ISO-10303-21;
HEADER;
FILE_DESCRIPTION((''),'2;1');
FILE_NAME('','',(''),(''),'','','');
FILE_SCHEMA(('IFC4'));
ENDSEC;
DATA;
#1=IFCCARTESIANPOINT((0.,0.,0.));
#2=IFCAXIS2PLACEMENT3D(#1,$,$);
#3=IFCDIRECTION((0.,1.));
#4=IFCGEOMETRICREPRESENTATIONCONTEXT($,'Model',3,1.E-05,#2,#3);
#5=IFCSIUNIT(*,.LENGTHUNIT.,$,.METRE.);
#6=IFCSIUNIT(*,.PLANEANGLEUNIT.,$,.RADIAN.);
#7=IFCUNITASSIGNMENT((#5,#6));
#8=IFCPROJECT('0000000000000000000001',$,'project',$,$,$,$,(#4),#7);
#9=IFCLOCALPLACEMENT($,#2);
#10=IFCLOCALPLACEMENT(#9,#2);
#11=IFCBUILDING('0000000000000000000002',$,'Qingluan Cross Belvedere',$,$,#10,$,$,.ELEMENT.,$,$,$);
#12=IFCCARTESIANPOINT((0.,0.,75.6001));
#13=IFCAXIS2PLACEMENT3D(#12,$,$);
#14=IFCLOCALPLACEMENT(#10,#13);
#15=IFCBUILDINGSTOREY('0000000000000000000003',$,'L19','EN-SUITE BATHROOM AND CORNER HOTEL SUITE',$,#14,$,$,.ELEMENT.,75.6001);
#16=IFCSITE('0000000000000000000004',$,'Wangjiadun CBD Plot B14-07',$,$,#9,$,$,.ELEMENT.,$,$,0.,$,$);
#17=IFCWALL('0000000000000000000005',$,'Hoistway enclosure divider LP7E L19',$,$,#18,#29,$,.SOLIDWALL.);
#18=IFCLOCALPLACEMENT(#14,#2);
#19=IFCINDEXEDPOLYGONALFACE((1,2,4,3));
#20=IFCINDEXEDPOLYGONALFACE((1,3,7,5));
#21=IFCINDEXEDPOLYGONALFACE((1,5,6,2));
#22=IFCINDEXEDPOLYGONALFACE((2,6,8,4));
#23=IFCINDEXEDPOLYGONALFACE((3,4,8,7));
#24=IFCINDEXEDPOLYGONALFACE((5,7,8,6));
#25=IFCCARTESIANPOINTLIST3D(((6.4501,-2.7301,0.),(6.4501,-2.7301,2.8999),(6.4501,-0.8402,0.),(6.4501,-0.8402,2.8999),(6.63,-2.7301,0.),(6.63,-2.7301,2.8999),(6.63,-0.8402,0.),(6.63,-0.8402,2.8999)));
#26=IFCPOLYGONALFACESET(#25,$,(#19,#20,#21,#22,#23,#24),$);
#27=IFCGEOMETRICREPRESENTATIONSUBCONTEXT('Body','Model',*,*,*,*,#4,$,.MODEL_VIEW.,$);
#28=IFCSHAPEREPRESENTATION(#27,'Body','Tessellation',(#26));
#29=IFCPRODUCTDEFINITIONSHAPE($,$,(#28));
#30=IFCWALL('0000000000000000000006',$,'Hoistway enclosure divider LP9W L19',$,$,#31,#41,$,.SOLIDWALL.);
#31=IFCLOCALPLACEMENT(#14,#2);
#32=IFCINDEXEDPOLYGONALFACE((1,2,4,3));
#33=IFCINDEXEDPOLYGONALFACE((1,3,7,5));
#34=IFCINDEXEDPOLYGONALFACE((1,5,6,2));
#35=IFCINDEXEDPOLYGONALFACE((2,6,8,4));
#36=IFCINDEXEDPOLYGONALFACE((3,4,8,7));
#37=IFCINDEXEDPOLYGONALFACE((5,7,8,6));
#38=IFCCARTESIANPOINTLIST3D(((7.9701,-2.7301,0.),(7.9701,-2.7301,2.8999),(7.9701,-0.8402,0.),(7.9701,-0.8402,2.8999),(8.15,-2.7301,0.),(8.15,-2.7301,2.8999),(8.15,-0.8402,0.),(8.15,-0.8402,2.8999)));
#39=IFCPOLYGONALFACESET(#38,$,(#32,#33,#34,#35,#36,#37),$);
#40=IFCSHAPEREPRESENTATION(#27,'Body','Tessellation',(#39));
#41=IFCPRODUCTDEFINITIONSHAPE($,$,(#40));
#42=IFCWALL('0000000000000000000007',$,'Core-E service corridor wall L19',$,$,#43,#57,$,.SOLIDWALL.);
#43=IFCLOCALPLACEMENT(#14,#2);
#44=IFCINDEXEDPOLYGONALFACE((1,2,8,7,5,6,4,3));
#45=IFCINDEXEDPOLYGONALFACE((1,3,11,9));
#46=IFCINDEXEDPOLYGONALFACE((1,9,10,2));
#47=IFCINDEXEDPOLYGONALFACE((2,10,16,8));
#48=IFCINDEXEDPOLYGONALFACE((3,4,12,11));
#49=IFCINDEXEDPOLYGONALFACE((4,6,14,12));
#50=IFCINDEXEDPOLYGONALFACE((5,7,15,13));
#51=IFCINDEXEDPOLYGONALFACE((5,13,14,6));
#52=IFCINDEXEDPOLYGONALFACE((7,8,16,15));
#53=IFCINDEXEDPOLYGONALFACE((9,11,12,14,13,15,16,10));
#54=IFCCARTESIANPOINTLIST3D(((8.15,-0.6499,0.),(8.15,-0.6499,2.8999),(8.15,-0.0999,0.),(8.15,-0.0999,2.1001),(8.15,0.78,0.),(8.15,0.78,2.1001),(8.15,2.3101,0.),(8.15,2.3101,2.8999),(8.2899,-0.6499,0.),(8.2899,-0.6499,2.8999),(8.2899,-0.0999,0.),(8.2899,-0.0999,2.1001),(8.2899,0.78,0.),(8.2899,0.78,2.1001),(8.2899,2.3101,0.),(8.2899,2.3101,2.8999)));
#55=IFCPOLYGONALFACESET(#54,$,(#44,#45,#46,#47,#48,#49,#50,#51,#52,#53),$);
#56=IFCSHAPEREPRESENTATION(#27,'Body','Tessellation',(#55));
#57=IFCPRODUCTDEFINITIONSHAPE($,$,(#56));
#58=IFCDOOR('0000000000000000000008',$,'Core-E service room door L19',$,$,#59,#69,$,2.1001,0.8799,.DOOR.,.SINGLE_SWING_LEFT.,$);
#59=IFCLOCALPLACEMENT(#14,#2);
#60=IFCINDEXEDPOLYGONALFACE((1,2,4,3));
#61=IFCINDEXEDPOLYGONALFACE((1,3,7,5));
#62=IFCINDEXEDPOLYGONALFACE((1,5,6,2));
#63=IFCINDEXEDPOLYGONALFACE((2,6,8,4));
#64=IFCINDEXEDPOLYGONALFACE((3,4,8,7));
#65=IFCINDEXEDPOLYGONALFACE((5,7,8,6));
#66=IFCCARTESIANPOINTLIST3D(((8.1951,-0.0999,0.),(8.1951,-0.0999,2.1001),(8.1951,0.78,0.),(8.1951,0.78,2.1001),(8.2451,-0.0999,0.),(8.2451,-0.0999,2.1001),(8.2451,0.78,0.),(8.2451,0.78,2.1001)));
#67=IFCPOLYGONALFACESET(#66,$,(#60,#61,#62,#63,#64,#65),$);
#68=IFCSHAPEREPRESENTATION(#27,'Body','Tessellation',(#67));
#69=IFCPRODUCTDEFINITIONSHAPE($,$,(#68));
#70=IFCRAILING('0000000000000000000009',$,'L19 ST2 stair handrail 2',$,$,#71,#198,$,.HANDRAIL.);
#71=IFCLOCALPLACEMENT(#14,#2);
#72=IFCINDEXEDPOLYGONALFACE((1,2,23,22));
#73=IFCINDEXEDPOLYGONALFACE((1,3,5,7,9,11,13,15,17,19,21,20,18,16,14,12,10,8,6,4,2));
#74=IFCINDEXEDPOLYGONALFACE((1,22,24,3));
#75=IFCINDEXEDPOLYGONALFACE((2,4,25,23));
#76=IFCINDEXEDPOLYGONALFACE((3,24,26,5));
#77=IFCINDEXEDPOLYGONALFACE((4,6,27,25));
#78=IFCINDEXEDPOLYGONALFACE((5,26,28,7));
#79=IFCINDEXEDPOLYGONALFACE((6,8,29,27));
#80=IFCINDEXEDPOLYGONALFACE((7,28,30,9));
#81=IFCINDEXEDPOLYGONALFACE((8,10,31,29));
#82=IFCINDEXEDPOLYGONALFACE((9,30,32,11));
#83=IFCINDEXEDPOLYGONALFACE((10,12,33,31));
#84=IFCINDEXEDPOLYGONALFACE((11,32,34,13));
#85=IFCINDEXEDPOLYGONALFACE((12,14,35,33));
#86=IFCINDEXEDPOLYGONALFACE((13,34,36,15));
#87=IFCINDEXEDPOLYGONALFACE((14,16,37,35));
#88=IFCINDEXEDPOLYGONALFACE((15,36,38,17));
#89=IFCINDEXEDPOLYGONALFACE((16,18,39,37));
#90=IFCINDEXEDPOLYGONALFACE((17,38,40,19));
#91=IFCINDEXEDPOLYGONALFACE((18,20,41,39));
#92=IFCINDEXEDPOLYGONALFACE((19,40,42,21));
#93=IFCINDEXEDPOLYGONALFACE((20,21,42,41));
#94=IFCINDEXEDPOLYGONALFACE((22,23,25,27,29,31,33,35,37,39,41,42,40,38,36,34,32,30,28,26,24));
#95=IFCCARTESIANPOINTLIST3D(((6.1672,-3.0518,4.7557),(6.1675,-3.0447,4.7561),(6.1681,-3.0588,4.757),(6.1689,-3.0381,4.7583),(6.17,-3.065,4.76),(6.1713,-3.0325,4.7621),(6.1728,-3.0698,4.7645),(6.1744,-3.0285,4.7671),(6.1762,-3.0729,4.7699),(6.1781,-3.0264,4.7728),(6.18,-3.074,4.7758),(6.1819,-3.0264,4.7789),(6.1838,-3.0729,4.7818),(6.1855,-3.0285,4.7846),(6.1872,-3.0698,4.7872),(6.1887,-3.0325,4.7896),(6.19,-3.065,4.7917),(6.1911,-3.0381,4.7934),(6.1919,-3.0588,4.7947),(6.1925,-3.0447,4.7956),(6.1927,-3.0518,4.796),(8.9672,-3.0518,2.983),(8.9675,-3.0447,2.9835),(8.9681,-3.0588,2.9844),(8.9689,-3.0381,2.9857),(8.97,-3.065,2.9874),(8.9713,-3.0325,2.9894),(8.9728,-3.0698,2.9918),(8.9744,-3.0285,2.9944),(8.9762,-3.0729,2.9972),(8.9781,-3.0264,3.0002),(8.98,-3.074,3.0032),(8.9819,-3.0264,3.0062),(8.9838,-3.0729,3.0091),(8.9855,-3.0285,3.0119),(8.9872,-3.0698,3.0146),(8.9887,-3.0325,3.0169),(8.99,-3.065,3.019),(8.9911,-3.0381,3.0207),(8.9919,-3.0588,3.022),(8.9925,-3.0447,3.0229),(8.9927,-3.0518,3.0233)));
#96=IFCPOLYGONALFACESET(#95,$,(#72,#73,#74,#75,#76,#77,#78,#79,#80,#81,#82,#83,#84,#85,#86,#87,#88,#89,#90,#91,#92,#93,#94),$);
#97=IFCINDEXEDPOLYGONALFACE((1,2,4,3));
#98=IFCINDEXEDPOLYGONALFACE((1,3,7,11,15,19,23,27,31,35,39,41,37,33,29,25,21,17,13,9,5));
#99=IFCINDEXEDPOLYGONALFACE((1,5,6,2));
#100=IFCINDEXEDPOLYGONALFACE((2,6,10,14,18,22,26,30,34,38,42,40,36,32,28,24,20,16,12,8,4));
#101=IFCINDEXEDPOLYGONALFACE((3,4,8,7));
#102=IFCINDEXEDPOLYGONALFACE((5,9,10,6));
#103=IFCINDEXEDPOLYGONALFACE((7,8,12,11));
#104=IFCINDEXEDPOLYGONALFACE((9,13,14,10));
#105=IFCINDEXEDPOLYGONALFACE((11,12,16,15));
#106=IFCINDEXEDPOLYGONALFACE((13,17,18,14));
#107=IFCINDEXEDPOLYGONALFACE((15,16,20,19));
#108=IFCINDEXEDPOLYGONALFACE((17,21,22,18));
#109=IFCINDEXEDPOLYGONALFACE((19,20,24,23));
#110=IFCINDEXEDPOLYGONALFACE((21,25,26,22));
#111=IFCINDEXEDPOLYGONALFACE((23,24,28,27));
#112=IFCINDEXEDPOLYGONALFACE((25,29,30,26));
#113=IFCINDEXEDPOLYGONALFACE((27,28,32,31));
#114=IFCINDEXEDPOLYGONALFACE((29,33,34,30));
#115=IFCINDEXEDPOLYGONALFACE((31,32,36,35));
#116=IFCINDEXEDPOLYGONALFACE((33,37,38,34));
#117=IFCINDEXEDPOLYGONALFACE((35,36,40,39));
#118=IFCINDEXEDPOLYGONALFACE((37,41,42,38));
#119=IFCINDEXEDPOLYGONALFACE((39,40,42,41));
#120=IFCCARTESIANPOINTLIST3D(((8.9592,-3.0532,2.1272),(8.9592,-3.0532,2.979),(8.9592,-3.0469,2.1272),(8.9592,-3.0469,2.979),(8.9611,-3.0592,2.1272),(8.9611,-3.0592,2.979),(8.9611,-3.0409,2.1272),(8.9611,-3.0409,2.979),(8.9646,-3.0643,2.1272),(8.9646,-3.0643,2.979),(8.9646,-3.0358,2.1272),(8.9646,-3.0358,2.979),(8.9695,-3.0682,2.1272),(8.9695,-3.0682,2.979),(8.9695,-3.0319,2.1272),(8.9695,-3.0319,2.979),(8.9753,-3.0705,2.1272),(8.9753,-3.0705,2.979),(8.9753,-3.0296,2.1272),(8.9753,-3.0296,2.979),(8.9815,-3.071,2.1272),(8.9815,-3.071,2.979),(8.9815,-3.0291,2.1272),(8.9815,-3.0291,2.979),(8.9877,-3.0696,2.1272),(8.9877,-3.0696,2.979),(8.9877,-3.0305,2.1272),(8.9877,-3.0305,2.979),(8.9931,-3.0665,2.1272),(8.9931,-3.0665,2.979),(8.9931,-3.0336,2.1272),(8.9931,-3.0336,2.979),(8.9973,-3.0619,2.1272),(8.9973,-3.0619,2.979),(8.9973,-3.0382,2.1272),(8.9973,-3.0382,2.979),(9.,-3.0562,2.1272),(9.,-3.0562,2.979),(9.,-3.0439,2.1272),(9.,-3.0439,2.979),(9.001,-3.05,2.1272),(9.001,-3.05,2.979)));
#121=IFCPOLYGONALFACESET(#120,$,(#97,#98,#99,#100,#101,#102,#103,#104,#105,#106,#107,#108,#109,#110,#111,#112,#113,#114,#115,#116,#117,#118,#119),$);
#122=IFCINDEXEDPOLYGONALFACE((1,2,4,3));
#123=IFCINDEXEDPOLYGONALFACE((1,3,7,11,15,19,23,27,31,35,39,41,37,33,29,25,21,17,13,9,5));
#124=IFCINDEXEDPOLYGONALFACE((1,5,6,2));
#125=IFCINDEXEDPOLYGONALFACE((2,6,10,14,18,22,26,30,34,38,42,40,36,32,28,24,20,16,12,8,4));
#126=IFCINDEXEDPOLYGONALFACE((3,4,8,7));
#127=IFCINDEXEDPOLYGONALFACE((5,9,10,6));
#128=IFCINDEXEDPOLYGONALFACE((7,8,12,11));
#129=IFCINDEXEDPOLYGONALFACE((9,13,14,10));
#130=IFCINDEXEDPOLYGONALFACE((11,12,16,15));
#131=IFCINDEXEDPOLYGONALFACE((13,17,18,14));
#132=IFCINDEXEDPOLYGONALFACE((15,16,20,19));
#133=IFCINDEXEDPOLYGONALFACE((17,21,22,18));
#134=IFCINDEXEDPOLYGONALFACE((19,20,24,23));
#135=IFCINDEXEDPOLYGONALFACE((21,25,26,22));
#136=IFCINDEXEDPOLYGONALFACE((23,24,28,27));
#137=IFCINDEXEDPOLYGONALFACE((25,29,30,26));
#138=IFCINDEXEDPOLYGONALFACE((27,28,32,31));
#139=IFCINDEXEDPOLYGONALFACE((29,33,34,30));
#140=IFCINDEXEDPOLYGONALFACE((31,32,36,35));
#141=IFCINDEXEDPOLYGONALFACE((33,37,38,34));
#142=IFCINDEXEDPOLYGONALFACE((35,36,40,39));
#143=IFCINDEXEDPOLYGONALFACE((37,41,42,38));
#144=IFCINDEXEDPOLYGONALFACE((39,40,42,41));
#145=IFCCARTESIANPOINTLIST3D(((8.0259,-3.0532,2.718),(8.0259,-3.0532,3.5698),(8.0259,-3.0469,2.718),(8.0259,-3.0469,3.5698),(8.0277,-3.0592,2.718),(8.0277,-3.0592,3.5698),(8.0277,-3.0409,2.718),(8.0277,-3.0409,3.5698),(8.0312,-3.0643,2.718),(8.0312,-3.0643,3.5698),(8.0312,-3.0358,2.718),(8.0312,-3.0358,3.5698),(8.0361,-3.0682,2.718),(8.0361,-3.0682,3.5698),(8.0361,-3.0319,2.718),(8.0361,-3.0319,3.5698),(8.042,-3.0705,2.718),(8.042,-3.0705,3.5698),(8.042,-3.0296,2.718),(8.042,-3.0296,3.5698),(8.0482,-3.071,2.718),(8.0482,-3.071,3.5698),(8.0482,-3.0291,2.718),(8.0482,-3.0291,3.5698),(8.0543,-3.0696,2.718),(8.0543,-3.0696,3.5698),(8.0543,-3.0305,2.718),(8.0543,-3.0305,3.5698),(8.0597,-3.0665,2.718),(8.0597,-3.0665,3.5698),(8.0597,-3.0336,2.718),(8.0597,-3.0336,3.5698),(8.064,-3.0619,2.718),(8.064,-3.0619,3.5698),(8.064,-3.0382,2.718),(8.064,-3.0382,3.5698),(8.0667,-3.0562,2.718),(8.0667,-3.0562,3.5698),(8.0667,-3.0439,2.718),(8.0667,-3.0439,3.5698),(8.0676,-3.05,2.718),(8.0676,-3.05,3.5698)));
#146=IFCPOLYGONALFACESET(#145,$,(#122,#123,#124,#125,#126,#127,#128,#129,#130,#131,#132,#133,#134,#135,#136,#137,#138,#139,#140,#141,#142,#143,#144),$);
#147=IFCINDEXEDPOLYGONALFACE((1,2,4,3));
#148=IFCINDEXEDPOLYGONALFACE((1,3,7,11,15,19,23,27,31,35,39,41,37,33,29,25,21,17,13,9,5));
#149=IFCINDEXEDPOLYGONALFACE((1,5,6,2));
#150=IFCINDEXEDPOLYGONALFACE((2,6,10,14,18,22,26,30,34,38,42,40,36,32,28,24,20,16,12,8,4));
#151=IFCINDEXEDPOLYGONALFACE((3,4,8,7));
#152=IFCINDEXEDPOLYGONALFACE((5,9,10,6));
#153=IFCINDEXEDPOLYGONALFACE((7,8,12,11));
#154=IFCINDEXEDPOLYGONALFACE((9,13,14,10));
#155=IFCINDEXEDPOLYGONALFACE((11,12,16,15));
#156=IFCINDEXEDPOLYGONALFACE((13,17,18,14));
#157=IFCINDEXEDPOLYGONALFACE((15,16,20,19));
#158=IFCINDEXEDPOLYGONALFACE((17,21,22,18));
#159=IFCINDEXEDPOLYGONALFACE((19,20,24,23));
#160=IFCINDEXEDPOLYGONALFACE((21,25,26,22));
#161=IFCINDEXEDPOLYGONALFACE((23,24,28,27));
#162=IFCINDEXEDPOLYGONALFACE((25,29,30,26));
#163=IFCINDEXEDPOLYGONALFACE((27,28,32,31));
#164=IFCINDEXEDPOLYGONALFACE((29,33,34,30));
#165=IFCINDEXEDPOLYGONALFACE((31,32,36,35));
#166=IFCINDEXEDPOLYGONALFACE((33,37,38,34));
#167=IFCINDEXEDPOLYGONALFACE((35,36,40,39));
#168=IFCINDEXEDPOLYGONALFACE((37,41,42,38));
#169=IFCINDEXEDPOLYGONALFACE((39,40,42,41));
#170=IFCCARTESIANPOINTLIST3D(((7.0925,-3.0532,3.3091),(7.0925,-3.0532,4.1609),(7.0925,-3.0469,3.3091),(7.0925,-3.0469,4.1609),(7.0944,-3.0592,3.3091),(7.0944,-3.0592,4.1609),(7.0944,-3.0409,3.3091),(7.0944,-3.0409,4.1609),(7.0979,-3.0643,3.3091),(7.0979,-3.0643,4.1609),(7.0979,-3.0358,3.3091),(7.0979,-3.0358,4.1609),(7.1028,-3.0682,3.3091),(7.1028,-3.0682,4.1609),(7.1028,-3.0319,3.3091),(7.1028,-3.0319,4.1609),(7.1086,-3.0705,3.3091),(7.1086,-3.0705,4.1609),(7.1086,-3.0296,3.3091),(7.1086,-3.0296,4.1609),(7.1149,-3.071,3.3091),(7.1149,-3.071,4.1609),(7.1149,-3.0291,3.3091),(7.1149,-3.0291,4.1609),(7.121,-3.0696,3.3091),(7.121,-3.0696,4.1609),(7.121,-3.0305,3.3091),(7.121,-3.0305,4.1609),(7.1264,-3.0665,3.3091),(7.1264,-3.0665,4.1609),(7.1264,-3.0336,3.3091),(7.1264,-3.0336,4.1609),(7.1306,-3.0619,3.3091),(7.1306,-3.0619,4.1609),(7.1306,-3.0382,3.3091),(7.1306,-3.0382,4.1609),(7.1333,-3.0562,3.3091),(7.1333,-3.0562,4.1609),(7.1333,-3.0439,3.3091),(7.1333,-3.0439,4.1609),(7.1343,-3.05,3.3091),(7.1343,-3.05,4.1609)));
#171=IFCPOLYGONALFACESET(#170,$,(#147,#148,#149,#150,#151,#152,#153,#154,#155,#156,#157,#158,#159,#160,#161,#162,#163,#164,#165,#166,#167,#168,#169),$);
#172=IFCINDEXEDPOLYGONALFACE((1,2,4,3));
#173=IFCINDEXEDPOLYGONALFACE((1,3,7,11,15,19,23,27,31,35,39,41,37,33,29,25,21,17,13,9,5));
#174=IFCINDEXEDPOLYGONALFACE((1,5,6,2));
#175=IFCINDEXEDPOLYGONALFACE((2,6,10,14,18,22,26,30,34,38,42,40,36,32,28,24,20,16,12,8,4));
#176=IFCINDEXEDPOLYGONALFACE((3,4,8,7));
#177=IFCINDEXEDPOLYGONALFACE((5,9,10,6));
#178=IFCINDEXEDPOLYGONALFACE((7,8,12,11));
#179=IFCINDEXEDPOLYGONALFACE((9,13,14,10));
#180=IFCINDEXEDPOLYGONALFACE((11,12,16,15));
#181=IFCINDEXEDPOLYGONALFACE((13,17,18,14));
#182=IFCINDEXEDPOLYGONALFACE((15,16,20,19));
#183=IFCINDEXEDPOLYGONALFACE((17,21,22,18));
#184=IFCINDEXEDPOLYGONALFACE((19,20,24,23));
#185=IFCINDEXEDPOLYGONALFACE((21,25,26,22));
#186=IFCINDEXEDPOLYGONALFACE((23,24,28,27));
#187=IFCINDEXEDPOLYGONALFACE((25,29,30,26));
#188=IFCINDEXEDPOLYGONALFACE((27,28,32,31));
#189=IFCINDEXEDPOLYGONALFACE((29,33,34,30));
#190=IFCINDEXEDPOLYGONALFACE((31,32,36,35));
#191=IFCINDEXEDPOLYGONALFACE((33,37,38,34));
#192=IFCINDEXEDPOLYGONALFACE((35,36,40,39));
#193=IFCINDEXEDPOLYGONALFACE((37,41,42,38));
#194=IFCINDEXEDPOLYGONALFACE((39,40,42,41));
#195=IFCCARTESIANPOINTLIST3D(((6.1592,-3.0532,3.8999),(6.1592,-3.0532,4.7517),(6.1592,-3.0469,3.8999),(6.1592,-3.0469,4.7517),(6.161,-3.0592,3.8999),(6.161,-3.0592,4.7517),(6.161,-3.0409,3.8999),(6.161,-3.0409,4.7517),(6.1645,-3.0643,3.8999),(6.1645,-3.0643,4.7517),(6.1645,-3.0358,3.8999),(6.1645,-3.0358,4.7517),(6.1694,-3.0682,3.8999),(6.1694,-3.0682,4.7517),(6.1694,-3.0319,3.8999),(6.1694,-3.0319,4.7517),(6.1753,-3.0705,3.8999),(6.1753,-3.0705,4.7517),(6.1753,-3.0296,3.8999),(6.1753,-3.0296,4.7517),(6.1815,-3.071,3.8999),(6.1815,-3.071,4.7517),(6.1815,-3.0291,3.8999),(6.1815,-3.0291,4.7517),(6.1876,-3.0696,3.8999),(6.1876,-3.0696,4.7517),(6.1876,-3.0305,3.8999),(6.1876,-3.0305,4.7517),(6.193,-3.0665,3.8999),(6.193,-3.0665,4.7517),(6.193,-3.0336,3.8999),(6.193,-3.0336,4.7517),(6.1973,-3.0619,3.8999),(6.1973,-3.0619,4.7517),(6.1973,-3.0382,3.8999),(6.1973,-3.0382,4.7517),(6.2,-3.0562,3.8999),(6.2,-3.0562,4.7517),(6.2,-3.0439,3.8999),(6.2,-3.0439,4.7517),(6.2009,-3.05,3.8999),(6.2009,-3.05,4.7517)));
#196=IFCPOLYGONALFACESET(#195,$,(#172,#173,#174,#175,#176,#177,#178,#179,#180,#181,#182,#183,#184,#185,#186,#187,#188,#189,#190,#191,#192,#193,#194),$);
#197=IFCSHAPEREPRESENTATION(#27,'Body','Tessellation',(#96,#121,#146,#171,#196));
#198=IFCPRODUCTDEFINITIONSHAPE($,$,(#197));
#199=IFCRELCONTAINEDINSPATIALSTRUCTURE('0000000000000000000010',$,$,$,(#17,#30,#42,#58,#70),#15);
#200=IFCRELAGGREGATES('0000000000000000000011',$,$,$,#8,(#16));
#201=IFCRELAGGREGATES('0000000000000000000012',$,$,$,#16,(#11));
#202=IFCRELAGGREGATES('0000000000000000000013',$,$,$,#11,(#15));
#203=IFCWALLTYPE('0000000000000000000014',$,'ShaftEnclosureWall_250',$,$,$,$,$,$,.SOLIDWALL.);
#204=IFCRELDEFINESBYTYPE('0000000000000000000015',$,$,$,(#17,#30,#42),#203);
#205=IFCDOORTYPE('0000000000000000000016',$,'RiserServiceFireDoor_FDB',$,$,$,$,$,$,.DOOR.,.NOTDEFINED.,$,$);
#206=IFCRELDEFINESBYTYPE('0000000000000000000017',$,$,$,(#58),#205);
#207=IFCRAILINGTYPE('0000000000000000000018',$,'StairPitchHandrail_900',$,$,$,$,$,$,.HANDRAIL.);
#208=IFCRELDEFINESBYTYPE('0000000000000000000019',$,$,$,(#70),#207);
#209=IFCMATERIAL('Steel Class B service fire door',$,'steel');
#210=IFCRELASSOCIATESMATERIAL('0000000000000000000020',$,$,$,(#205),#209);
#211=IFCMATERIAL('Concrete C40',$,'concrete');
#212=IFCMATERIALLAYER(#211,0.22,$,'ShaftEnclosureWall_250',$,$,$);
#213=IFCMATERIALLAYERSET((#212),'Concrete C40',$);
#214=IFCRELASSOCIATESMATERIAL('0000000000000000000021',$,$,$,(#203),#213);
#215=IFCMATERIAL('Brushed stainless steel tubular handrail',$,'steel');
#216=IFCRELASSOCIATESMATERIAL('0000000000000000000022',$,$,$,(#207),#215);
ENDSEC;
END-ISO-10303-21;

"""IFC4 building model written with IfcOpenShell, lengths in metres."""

from ifc_helpers import new_model, si_unit, direction, frame, frame_2d, origin, origin_2d, place, context, subcontext, project, spatial, rectangle, circle, extrude, material, layer, layer_set, type_object, element, fill, save


model = new_model("IFC4")

# Units and contexts
model_context = context("Model", 3, precision=1e-05, world=origin(), true_north=direction((0.0, 1.0)))
body_context = subcontext(model_context, "Body", "Model", "MODEL_VIEW")
ifc_project = project(units=[si_unit("LENGTHUNIT", "METRE"), si_unit("PLANEANGLEUNIT", "RADIAN")], contexts=[model_context])

# Site, building, storey
site_placement = place(None, origin())
site = spatial("IfcSite", under=ifc_project, at=site_placement, Name="Wangjiadun CBD Plot B14-07", CompositionType="ELEMENT", RefElevation=0.0)
building_placement = place(site_placement, origin())
building = spatial("IfcBuilding", under=site, at=building_placement, Name="Qingluan Cross Belvedere", CompositionType="ELEMENT")
storey_placement = place(building_placement, frame((0.0, 0.0, 75.6001)))
storey = spatial("IfcBuildingStorey", under=building, at=storey_placement, Name="L19", Description="EN-SUITE BATHROOM AND CORNER HOTEL SUITE", CompositionType="ELEMENT", Elevation=75.6001)

# Shared definitions
ifc_material_1 = material(Name="Steel Class B service fire door", Category="steel")
door_type_1 = type_object("IfcDoorType", Name="RiserServiceFireDoor_FDB", OperationType="NOTDEFINED", PredefinedType="DOOR", material=ifc_material_1)

# Shared definitions
ifc_material_2 = material(Name="Concrete C40", Category="concrete")
ifc_layer_1 = layer(ifc_material_2, 0.22, Name="ShaftEnclosureWall_250")
ifc_layer_set_1 = layer_set([ifc_layer_1], Name="Concrete C40")
wall_type_1 = type_object("IfcWallType", Name="ShaftEnclosureWall_250", PredefinedType="SOLIDWALL", material=ifc_layer_set_1)

# Walls
for number, where, z_axis, x_axis, name in (
    (1, (6.54, -2.73, 0.0), (0.0, 0.0, 1.0), (0.0, 1.0, 0.0), "Hoistway enclosure divider LP7E L19"),
    (2, (8.0601, -2.73, 0.0), (0.0, 0.0, 1.0), (0.0, 1.0, 0.0), "Hoistway enclosure divider LP9W L19"),
):
    element("IfcWall", number, at=place(storey_placement, frame(where, z_axis=z_axis, x_axis=x_axis)), inside=storey, type_object=wall_type_1, Name=name, PredefinedType="SOLIDWALL", context=body_context, shape_type="SweptSolid", body=[
        extrude(rectangle(XDim=1.8899, YDim=0.1799, at=frame_2d((0.9448, 0.0))), origin(), (0.0, 0.0, 1.0), 2.8999),
    ])

# Wall, opening, door
wall_1_placement = place(storey_placement, frame((8.22, -0.6499, 0.0), z_axis=(0.0, 0.0, 1.0), x_axis=(0.0, 1.0, 0.0)))
wall_1 = element("IfcWall", 3, at=wall_1_placement, inside=storey, type_object=wall_type_1, Name="Core-E service corridor wall L19", PredefinedType="SOLIDWALL", context=body_context, shape_type="SweptSolid", body=[
    extrude(rectangle(XDim=2.96, YDim=0.1399, at=frame_2d((1.48, 0.0))), origin(), (0.0, 0.0, 1.0), 2.8999),
])
opening_1_placement = place(wall_1_placement, frame((0.55, 0.0, 0.0)))
opening_1 = element("IfcOpeningElement", 4, at=opening_1_placement, cuts=wall_1, PredefinedType="OPENING", context=body_context, shape_type="SweptSolid", body=[
    extrude(rectangle(XDim=0.8799, YDim=2.1001, at=frame_2d((0.4399, 1.05))), frame((0.0, 0.0798, 0.0), z_axis=(0.0, -1.0, 0.0), x_axis=(1.0, 0.0, 0.0)), (0.0, 0.0, 1.0), 0.1599),
])
door_1_placement = place(opening_1_placement, origin())
door_1 = element("IfcDoor", 5, at=door_1_placement, inside=storey, type_object=door_type_1, Name="Core-E service room door L19", OperationType="SINGLE_SWING_LEFT", OverallHeight=2.1001, OverallWidth=0.8799, PredefinedType="DOOR", context=body_context, shape_type="SweptSolid", body=[
    extrude(rectangle(XDim=0.8799, YDim=2.1001, at=frame_2d((0.4399, 1.05))), frame((0.0, 0.0249, 0.0), z_axis=(0.0, -1.0, 0.0), x_axis=(1.0, 0.0, 0.0)), (0.0, 0.0, 1.0), 0.05),
])
fill(opening_1, door_1)

# Railing
ifc_material_3 = material(Name="Brushed stainless steel tubular handrail", Category="steel")
railing_type = type_object("IfcRailingType", Name="StairPitchHandrail_900", PredefinedType="HANDRAIL", material=ifc_material_3)
railing_placement = place(storey_placement, frame((8.98, -3.05, 2.1272)))
element("IfcRailing", 6, at=railing_placement, inside=storey, type_object=railing_type, Name="L19 ST2 stair handrail 2", PredefinedType="HANDRAIL", context=body_context, shape_type="SweptSolid", body=[
    extrude(circle(Radius=0.0239, at=origin_2d()), frame((0.0, 0.0, 0.876), z_axis=(-0.844909, 0.0, 0.53491), x_axis=(0.0, -1.0, 0.0)), (0.0, 0.0, 1.0), 3.314),
    extrude(circle(Radius=0.021, at=origin_2d()), origin(), (0.0, 0.0, 1.0), 0.8518),
    extrude(circle(Radius=0.021, at=origin_2d()), frame((-0.9333, 0.0, 0.5908)), (0.0, 0.0, 1.0), 0.8518),
    extrude(circle(Radius=0.021, at=origin_2d()), frame((-1.8667, 0.0, 1.1819)), (0.0, 0.0, 1.0), 0.8518),
    extrude(circle(Radius=0.021, at=origin_2d()), frame((-2.8, 0.0, 1.7727)), (0.0, 0.0, 1.0), 0.8518),
])

save(model, "model.ifc")
